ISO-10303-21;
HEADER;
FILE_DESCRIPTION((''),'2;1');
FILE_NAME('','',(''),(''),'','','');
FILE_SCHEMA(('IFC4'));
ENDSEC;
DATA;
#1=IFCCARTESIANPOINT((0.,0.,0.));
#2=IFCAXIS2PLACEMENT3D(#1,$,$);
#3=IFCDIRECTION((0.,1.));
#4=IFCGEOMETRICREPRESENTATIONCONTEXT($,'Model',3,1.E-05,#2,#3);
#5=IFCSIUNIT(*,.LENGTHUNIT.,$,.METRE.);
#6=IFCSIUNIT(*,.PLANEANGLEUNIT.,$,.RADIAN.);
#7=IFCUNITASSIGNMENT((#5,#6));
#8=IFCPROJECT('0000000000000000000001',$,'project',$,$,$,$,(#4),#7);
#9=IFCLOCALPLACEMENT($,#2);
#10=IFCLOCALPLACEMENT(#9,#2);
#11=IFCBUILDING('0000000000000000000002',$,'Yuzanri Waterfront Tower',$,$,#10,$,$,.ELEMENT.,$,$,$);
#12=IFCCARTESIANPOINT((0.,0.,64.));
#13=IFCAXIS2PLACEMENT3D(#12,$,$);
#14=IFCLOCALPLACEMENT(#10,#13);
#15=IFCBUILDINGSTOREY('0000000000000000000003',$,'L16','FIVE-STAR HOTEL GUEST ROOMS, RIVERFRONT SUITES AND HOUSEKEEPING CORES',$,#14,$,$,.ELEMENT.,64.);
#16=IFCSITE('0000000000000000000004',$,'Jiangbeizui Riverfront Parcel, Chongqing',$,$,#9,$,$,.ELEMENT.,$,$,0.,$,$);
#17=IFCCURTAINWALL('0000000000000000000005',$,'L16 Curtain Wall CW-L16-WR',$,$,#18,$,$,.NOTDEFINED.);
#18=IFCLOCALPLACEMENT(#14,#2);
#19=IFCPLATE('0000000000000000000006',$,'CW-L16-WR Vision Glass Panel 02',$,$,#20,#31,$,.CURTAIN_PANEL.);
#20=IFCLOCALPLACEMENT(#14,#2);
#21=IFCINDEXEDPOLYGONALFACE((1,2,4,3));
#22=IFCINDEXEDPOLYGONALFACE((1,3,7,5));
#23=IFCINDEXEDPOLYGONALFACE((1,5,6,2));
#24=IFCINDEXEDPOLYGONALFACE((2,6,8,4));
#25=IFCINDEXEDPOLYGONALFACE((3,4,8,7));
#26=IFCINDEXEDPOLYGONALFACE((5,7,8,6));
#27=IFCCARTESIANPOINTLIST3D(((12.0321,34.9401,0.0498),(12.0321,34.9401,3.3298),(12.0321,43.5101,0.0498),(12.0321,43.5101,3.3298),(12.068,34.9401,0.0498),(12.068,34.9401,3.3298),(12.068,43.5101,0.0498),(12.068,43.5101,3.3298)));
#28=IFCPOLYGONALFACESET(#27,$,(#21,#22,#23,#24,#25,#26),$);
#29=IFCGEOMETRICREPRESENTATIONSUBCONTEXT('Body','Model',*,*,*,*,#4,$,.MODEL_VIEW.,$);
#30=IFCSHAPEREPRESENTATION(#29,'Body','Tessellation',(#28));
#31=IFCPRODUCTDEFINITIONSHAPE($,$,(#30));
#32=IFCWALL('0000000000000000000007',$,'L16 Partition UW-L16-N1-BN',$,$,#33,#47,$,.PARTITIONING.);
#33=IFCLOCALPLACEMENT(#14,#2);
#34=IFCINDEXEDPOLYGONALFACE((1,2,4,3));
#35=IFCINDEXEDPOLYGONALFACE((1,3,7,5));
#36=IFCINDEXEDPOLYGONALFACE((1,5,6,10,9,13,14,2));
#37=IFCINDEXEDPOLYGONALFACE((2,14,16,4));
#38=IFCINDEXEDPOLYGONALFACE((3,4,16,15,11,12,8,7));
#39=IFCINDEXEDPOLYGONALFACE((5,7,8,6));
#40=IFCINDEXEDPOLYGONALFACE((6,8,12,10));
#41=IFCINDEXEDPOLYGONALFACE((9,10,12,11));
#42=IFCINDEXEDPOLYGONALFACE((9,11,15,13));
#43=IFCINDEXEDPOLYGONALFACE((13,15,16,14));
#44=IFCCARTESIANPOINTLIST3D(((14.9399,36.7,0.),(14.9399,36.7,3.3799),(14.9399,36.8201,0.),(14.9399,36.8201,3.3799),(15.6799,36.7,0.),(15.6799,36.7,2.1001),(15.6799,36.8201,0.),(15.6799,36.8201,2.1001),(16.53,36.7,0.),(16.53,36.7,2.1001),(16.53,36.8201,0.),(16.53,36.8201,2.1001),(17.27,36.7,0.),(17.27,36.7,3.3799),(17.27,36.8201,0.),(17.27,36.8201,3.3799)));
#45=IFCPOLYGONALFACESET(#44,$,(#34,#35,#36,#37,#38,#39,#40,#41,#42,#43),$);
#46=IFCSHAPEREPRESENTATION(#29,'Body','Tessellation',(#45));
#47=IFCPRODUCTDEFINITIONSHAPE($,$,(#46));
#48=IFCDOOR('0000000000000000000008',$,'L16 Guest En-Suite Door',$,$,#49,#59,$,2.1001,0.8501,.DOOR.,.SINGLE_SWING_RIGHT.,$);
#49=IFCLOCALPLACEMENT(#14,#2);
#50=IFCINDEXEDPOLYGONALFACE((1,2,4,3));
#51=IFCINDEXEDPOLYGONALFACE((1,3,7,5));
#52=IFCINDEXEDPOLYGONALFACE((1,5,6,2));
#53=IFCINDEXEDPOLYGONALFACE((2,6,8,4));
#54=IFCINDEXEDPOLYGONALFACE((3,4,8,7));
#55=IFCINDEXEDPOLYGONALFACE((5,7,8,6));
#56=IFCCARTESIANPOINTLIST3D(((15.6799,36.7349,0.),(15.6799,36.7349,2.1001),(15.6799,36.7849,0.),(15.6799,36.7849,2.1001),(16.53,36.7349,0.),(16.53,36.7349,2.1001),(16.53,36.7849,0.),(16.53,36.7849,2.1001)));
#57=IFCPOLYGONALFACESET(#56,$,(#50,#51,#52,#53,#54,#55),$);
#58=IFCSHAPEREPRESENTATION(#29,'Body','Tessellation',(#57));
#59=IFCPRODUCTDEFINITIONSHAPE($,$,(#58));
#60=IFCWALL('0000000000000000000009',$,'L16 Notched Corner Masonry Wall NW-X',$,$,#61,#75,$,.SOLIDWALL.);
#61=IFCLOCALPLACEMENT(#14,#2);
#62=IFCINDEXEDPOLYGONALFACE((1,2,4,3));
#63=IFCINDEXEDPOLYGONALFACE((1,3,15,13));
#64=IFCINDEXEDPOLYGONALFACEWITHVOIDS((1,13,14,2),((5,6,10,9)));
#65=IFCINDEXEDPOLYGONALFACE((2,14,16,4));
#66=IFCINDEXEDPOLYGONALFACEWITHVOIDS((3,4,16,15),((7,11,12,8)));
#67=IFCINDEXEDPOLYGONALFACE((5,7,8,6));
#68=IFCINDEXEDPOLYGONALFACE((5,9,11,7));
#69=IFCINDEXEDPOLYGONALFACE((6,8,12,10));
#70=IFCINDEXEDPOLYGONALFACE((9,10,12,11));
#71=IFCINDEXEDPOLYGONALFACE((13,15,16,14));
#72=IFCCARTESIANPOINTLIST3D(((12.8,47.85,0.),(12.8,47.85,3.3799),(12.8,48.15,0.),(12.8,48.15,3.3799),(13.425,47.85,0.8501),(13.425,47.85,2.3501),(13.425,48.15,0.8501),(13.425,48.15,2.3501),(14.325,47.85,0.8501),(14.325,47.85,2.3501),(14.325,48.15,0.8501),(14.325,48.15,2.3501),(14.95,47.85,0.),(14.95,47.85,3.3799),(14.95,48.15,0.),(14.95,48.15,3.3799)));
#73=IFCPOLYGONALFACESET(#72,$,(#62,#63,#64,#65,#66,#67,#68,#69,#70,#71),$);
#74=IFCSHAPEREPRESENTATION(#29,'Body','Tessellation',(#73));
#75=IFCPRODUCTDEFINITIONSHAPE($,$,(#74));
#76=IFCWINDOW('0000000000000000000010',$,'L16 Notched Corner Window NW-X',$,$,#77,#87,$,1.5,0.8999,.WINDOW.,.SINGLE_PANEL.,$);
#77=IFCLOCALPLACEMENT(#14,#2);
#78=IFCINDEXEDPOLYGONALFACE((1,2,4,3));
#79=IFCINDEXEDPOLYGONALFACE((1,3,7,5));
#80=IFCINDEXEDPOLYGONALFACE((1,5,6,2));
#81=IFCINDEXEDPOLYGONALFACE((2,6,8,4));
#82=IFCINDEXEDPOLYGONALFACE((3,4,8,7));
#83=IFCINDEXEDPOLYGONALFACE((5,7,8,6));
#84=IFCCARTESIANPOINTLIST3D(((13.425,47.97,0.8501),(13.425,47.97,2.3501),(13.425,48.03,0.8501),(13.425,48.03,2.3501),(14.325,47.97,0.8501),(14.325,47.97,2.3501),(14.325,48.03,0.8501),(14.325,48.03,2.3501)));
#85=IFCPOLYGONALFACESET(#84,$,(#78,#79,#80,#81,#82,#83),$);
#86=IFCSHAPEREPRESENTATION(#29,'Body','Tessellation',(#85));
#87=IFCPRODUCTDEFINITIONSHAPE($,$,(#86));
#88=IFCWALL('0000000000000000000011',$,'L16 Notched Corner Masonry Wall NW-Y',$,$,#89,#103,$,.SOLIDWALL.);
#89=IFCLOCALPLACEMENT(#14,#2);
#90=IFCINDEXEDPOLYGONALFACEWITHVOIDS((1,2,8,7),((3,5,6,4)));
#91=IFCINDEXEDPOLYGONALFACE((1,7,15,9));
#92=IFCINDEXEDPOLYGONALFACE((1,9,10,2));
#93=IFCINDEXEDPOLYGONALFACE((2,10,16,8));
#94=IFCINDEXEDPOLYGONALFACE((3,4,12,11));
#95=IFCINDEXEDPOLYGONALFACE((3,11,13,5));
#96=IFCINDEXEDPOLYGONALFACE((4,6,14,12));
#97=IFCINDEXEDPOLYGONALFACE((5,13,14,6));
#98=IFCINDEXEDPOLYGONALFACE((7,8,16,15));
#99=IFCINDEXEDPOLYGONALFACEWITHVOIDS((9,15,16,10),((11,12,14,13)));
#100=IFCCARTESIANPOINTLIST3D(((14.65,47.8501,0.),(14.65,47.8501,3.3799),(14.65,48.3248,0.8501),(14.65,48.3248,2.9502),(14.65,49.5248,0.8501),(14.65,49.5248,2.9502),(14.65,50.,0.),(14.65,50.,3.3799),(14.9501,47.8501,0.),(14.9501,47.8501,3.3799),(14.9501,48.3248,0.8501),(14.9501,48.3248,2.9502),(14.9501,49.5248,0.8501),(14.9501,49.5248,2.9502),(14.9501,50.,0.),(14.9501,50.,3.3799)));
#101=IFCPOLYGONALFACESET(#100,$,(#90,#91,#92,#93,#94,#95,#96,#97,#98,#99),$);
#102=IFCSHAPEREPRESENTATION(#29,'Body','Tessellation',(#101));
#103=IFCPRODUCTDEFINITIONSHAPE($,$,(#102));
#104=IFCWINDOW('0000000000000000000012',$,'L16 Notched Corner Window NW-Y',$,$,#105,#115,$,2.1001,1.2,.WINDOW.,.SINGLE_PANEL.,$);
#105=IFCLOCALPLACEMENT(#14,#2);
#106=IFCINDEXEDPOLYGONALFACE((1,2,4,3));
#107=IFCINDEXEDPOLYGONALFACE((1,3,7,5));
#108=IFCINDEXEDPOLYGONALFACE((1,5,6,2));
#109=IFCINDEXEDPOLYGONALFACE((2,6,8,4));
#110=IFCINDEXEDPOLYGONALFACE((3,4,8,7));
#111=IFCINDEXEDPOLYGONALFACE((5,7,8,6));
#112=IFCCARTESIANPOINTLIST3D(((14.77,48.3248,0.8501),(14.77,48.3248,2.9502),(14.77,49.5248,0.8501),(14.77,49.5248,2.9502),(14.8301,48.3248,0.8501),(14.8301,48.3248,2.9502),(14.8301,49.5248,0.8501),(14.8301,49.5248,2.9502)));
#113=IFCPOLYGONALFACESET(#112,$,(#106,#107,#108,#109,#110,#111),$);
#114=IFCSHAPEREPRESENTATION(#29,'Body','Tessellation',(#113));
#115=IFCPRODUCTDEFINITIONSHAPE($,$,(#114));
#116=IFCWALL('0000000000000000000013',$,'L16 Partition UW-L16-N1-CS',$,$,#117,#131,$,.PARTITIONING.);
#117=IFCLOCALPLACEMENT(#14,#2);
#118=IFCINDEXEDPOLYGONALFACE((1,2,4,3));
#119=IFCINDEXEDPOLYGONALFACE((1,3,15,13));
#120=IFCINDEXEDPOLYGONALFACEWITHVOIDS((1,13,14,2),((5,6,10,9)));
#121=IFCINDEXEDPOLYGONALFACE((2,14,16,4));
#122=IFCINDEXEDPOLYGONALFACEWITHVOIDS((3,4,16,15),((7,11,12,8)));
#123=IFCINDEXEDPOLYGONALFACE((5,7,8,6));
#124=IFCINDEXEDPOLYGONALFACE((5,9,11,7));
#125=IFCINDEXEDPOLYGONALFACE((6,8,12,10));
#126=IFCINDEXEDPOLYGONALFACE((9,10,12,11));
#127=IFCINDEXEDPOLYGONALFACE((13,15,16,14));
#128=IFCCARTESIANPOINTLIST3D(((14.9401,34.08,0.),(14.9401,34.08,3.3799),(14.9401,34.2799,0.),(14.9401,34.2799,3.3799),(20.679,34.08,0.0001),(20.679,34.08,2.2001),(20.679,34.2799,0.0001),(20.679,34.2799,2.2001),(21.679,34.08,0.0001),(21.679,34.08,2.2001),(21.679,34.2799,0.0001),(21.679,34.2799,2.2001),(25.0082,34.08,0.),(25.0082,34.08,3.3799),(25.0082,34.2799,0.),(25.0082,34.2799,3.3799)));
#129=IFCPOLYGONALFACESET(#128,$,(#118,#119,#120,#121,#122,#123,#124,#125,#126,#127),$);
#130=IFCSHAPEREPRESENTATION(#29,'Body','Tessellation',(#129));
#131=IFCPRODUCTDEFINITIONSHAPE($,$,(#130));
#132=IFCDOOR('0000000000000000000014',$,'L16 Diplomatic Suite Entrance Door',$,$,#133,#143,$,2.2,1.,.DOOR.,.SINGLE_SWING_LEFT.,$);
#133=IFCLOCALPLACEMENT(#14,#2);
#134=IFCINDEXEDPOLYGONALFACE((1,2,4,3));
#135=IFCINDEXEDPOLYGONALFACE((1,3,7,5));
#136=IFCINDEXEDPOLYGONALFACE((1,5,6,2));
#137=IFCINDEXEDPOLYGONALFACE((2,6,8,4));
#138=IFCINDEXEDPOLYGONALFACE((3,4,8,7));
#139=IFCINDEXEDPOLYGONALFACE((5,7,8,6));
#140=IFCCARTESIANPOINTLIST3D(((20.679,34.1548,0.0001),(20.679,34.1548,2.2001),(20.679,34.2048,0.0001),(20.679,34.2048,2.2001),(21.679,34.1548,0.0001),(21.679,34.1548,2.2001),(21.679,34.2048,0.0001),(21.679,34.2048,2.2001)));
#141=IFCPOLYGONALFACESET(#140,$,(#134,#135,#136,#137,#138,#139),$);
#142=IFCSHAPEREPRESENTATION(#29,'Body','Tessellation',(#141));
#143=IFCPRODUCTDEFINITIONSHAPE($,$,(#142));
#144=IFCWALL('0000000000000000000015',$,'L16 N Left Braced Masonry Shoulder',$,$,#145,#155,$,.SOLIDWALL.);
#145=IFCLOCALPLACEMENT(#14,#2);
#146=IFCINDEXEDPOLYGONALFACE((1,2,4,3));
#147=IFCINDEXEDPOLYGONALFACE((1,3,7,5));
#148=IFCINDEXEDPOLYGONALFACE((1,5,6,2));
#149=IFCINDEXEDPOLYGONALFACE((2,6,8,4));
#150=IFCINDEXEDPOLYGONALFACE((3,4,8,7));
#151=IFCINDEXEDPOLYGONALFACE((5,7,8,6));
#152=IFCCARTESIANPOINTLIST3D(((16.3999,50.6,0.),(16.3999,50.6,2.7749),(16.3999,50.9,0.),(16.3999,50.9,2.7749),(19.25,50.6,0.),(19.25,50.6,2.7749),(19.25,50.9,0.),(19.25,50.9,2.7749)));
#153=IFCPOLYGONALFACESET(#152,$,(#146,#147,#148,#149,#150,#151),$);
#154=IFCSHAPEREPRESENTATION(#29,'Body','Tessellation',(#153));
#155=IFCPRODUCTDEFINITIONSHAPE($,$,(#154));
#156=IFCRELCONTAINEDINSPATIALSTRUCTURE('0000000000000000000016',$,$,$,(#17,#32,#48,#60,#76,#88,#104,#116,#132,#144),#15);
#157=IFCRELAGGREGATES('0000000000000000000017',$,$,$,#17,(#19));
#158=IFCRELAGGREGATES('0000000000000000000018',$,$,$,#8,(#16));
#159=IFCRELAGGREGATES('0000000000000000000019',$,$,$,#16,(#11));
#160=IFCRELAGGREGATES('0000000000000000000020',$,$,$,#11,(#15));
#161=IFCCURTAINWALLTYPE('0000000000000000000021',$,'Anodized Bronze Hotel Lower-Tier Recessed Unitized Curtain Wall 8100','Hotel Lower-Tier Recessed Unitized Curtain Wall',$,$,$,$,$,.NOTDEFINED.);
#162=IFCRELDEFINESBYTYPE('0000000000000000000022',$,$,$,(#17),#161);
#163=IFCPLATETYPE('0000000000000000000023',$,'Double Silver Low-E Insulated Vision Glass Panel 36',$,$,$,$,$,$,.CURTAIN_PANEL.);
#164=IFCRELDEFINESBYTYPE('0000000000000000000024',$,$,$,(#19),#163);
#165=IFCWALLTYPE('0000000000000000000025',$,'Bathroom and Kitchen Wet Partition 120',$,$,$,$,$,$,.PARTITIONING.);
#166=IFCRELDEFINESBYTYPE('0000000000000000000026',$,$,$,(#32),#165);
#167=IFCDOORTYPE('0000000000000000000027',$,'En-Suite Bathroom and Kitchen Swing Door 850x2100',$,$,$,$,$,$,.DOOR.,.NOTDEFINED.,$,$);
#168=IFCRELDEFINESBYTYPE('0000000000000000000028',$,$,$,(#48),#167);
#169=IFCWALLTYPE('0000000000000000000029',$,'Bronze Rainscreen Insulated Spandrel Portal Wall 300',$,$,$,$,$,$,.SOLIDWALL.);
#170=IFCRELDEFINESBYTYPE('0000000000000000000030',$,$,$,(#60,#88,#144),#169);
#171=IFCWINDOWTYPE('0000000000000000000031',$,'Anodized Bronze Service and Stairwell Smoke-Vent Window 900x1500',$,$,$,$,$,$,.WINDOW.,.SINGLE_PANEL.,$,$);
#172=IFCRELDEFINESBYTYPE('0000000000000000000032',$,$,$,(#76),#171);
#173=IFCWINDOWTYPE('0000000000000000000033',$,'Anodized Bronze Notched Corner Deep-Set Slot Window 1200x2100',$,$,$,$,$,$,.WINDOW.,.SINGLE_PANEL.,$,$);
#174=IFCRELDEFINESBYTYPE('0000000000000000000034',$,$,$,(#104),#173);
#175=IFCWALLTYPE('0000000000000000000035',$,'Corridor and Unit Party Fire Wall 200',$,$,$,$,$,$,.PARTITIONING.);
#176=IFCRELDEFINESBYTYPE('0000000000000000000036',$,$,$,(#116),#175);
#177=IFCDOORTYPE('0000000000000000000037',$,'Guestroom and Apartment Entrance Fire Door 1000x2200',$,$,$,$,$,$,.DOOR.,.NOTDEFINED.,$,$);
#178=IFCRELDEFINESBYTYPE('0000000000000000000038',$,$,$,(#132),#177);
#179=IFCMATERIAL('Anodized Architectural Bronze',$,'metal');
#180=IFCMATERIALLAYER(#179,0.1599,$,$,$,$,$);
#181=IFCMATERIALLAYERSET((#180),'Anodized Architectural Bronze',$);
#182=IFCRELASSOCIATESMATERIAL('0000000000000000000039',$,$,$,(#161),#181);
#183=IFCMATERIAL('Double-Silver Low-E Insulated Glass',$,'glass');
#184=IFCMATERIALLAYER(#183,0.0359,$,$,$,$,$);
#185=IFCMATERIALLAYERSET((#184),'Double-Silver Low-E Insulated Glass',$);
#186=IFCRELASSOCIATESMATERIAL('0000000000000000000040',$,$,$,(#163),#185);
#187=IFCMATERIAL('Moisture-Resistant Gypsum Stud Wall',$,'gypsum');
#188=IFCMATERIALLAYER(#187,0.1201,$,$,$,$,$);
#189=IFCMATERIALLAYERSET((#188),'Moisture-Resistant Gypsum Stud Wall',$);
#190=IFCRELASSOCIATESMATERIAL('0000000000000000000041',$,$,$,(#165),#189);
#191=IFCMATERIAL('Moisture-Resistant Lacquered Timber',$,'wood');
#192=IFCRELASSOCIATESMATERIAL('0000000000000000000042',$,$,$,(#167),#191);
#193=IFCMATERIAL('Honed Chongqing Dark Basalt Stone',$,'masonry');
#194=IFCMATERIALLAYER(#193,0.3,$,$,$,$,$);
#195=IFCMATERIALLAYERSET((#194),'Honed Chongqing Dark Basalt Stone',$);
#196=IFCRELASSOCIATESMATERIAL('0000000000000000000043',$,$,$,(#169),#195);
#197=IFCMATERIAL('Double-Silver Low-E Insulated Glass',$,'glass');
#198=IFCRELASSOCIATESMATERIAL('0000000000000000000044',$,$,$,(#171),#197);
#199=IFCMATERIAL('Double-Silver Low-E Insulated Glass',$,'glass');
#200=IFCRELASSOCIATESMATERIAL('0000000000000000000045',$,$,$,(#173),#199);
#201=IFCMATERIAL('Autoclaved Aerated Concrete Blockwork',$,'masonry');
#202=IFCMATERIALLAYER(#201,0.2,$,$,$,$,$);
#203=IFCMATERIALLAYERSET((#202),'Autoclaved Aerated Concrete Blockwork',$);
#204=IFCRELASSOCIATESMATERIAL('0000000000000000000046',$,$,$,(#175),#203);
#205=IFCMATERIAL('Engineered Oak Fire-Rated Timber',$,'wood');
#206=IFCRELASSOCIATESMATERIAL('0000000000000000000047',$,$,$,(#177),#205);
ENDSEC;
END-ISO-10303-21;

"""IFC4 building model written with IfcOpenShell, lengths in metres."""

from ifc_helpers import new_model, si_unit, direction, frame, frame_2d, origin, origin_2d, place, context, subcontext, project, spatial, rectangle, extrude, source, transform, mapped, material, layer, layer_set, type_object, element, fill, aggregate, save


model = new_model("IFC4")

# Units and contexts
model_context = context("Model", 3, precision=1e-05, world=origin(), true_north=direction((0.0, 1.0)))
body_context = subcontext(model_context, "Body", "Model", "MODEL_VIEW")
ifc_project = project(units=[si_unit("LENGTHUNIT", "METRE"), si_unit("PLANEANGLEUNIT", "RADIAN")], contexts=[model_context])

# Site, building, storey
site_placement = place(None, origin())
site = spatial("IfcSite", under=ifc_project, at=site_placement, Name="Jiangbeizui Riverfront Parcel, Chongqing", CompositionType="ELEMENT", RefElevation=0.0)
building_placement = place(site_placement, origin())
building = spatial("IfcBuilding", under=site, at=building_placement, Name="Yuzanri Waterfront Tower", CompositionType="ELEMENT")
storey_placement = place(building_placement, frame((0.0, 0.0, 64.0)))
storey = spatial("IfcBuildingStorey", under=building, at=storey_placement, Name="L16", Description="FIVE-STAR HOTEL GUEST ROOMS, RIVERFRONT SUITES AND HOUSEKEEPING CORES", CompositionType="ELEMENT", Elevation=64.0)

# Curtain wall
ifc_material_1 = material(Name="Anodized Architectural Bronze", Category="metal")
ifc_layer_1 = layer(ifc_material_1, 0.1599)
ifc_layer_set_1 = layer_set([ifc_layer_1], Name="Anodized Architectural Bronze")
curtain_wall_type = type_object("IfcCurtainWallType", Name="Anodized Bronze Hotel Lower-Tier Recessed Unitized Curtain Wall 8100", Description="Hotel Lower-Tier Recessed Unitized Curtain Wall", PredefinedType="NOTDEFINED", material=ifc_layer_set_1)
curtain_wall_placement = place(storey_placement, origin())
curtain_wall = element("IfcCurtainWall", 1, at=curtain_wall_placement, inside=storey, type_object=curtain_wall_type, Name="L16 Curtain Wall CW-L16-WR", PredefinedType="NOTDEFINED")

# Plate
ifc_material_2 = material(Name="Double-Silver Low-E Insulated Glass", Category="glass")
ifc_layer_2 = layer(ifc_material_2, 0.0359)
ifc_layer_set_2 = layer_set([ifc_layer_2], Name="Double-Silver Low-E Insulated Glass")
plate_type_1 = type_object("IfcPlateType", Name="Double Silver Low-E Insulated Vision Glass Panel 36", PredefinedType="CURTAIN_PANEL", material=ifc_layer_set_2)
shared_shape_1 = source(origin(), body_context, "Body", "SweptSolid", [
    extrude(rectangle(XDim=8.5701, YDim=0.0359, at=origin_2d()), origin(), (0.0, 0.0, 1.0), 3.28),
])
plate_placement = place(storey_placement, frame((12.05, 39.2251, 0.0498), z_axis=(0.0, 0.0, 1.0), x_axis=(0.0, 1.0, 0.0)))
plate = element("IfcPlate", 2, at=plate_placement, type_object=plate_type_1, Name="CW-L16-WR Vision Glass Panel 02", PredefinedType="CURTAIN_PANEL", context=body_context, shape_type="MappedRepresentation", body=[
    mapped(shared_shape_1, transform((0.0, 0.0, 0.0), scale=1.0)),
])
aggregate(curtain_wall, [plate])

# Wall, opening, door
ifc_material_3 = material(Name="Moisture-Resistant Gypsum Stud Wall", Category="gypsum")
ifc_layer_3 = layer(ifc_material_3, 0.1201)
ifc_layer_set_3 = layer_set([ifc_layer_3], Name="Moisture-Resistant Gypsum Stud Wall")
wall_type_1 = type_object("IfcWallType", Name="Bathroom and Kitchen Wet Partition 120", PredefinedType="PARTITIONING", material=ifc_layer_set_3)
wall_1_placement = place(storey_placement, frame((14.9399, 36.76, 0.0), z_axis=(0.0, 0.0, 1.0), x_axis=(1.0, 0.0, 0.0)))
wall_1 = element("IfcWall", 3, at=wall_1_placement, inside=storey, type_object=wall_type_1, Name="L16 Partition UW-L16-N1-BN", PredefinedType="PARTITIONING", context=body_context, shape_type="SweptSolid", body=[
    extrude(rectangle(XDim=2.3301, YDim=0.1201, at=frame_2d((1.165, 0.0))), origin(), (0.0, 0.0, 1.0), 3.3799),
])
opening_1_placement = place(wall_1_placement, frame((0.74, 0.0, 0.0)))
opening_1 = element("IfcOpeningElement", 4, at=opening_1_placement, cuts=wall_1, PredefinedType="OPENING", context=body_context, shape_type="SweptSolid", body=[
    extrude(rectangle(XDim=0.8501, YDim=2.1001, at=frame_2d((0.425, 1.05))), frame((0.0, 0.075, 0.0), z_axis=(0.0, -1.0, 0.0), x_axis=(1.0, 0.0, 0.0)), (0.0, 0.0, 1.0), 0.1499),
])
ifc_material_4 = material(Name="Moisture-Resistant Lacquered Timber", Category="wood")
door_type_1 = type_object("IfcDoorType", Name="En-Suite Bathroom and Kitchen Swing Door 850x2100", OperationType="NOTDEFINED", PredefinedType="DOOR", material=ifc_material_4)
shared_shape_2 = source(origin(), body_context, "Body", "SweptSolid", [
    extrude(rectangle(XDim=0.8501, YDim=2.1001, at=frame_2d((0.425, 1.05))), frame((0.0, 0.0249, 0.0), z_axis=(0.0, -1.0, 0.0), x_axis=(1.0, 0.0, 0.0)), (0.0, 0.0, 1.0), 0.05),
])
door_1_placement = place(opening_1_placement, origin())
door_1 = element("IfcDoor", 5, at=door_1_placement, inside=storey, type_object=door_type_1, Name="L16 Guest En-Suite Door", OperationType="SINGLE_SWING_RIGHT", OverallHeight=2.1001, OverallWidth=0.8501, PredefinedType="DOOR", context=body_context, shape_type="MappedRepresentation", body=[
    mapped(shared_shape_2, transform((0.0, 0.0, 0.0), scale=1.0)),
])
fill(opening_1, door_1)

# Walls, openings, windows
ifc_material_5 = material(Name="Honed Chongqing Dark Basalt Stone", Category="masonry")
ifc_layer_4 = layer(ifc_material_5, 0.3)
ifc_layer_set_4 = layer_set([ifc_layer_4], Name="Honed Chongqing Dark Basalt Stone")
wall_type_2 = type_object("IfcWallType", Name="Bronze Rainscreen Insulated Spandrel Portal Wall 300", PredefinedType="SOLIDWALL", material=ifc_layer_set_4)
wall_2_placement = place(storey_placement, frame((14.95, 48.0, 0.0), z_axis=(0.0, 0.0, 1.0), x_axis=(-1.0, 0.0, 0.0)))
wall_2 = element("IfcWall", 6, at=wall_2_placement, inside=storey, type_object=wall_type_2, Name="L16 Notched Corner Masonry Wall NW-X", PredefinedType="SOLIDWALL", context=body_context, shape_type="SweptSolid", body=[
    extrude(rectangle(XDim=2.1499, YDim=0.3, at=frame_2d((1.075, 0.0))), origin(), (0.0, 0.0, 1.0), 3.3799),
])
opening_2_placement = place(wall_2_placement, frame((0.625, 0.0, 0.8501)))
opening_2 = element("IfcOpeningElement", 7, at=opening_2_placement, cuts=wall_2, PredefinedType="OPENING", context=body_context, shape_type="SweptSolid", body=[
    extrude(rectangle(XDim=0.8999, YDim=1.5, at=frame_2d((0.45, 0.75))), frame((0.0, 0.165, 0.0), z_axis=(0.0, -1.0, 0.0), x_axis=(1.0, 0.0, 0.0)), (0.0, 0.0, 1.0), 0.3298),
])
ifc_material_6 = material(Name="Double-Silver Low-E Insulated Glass", Category="glass")
window_type_1 = type_object("IfcWindowType", Name="Anodized Bronze Service and Stairwell Smoke-Vent Window 900x1500", PartitioningType="SINGLE_PANEL", PredefinedType="WINDOW", material=ifc_material_6)
shared_shape_3 = source(origin(), body_context, "Body", "SweptSolid", [
    extrude(rectangle(XDim=0.8999, YDim=1.5, at=frame_2d((0.45, 0.75))), frame((0.0, 0.03, 0.0), z_axis=(0.0, -1.0, 0.0), x_axis=(1.0, 0.0, 0.0)), (0.0, 0.0, 1.0), 0.0601),
])
window_1_placement = place(opening_2_placement, origin())
window_1 = element("IfcWindow", 8, at=window_1_placement, inside=storey, type_object=window_type_1, Name="L16 Notched Corner Window NW-X", OverallHeight=1.5, OverallWidth=0.8999, PartitioningType="SINGLE_PANEL", PredefinedType="WINDOW", context=body_context, shape_type="MappedRepresentation", body=[
    mapped(shared_shape_3, transform((0.0, 0.0, 0.0), scale=1.0)),
])
fill(opening_2, window_1)
wall_3_placement = place(storey_placement, frame((14.8, 50.0, 0.0), z_axis=(0.0, 0.0, 1.0), x_axis=(0.0, -1.0, 0.0)))
wall_3 = element("IfcWall", 9, at=wall_3_placement, inside=storey, type_object=wall_type_2, Name="L16 Notched Corner Masonry Wall NW-Y", PredefinedType="SOLIDWALL", context=body_context, shape_type="SweptSolid", body=[
    extrude(rectangle(XDim=2.1499, YDim=0.3, at=frame_2d((1.075, 0.0))), origin(), (0.0, 0.0, 1.0), 3.3799),
])
opening_3_placement = place(wall_3_placement, frame((0.4751, 0.0, 0.8501)))
opening_3 = element("IfcOpeningElement", 10, at=opening_3_placement, cuts=wall_3, PredefinedType="OPENING", context=body_context, shape_type="SweptSolid", body=[
    extrude(rectangle(XDim=1.2, YDim=2.1001, at=frame_2d((0.6001, 1.05))), frame((0.0, 0.165, 0.0), z_axis=(0.0, -1.0, 0.0), x_axis=(1.0, 0.0, 0.0)), (0.0, 0.0, 1.0), 0.3298),
])
ifc_material_7 = material(Name="Double-Silver Low-E Insulated Glass", Category="glass")
window_type_2 = type_object("IfcWindowType", Name="Anodized Bronze Notched Corner Deep-Set Slot Window 1200x2100", PartitioningType="SINGLE_PANEL", PredefinedType="WINDOW", material=ifc_material_7)
shared_shape_4 = source(origin(), body_context, "Body", "SweptSolid", [
    extrude(rectangle(XDim=1.2, YDim=2.1001, at=frame_2d((0.6001, 1.05))), frame((0.0, 0.03, 0.0), z_axis=(0.0, -1.0, 0.0), x_axis=(1.0, 0.0, 0.0)), (0.0, 0.0, 1.0), 0.0601),
])
window_2_placement = place(opening_3_placement, origin())
window_2 = element("IfcWindow", 11, at=window_2_placement, inside=storey, type_object=window_type_2, Name="L16 Notched Corner Window NW-Y", OverallHeight=2.1001, OverallWidth=1.2, PartitioningType="SINGLE_PANEL", PredefinedType="WINDOW", context=body_context, shape_type="MappedRepresentation", body=[
    mapped(shared_shape_4, transform((0.0, 0.0, 0.0), scale=1.0)),
])
fill(opening_3, window_2)

# Wall, opening, door
ifc_material_8 = material(Name="Autoclaved Aerated Concrete Blockwork", Category="masonry")
ifc_layer_5 = layer(ifc_material_8, 0.2)
ifc_layer_set_5 = layer_set([ifc_layer_5], Name="Autoclaved Aerated Concrete Blockwork")
wall_type_3 = type_object("IfcWallType", Name="Corridor and Unit Party Fire Wall 200", PredefinedType="PARTITIONING", material=ifc_layer_set_5)
wall_4_placement = place(storey_placement, frame((14.9399, 34.1799, 0.0), z_axis=(0.0, 0.0, 1.0), x_axis=(1.0, 0.0, 0.0)))
wall_4 = element("IfcWall", 12, at=wall_4_placement, inside=storey, type_object=wall_type_3, Name="L16 Partition UW-L16-N1-CS", PredefinedType="PARTITIONING", context=body_context, shape_type="SweptSolid", body=[
    extrude(rectangle(XDim=10.0681, YDim=0.2, at=frame_2d((5.0342, 0.0))), origin(), (0.0, 0.0, 1.0), 3.3799),
])
opening_4_placement = place(wall_4_placement, frame((5.739, 0.0, 0.0)))
opening_4 = element("IfcOpeningElement", 13, at=opening_4_placement, cuts=wall_4, PredefinedType="OPENING", context=body_context, shape_type="SweptSolid", body=[
    extrude(rectangle(XDim=1.0, YDim=2.2, at=frame_2d((0.5, 1.1001))), frame((0.0, 0.1147, 0.0), z_axis=(0.0, -1.0, 0.0), x_axis=(1.0, 0.0, 0.0)), (0.0, 0.0, 1.0), 0.2297),
])
ifc_material_9 = material(Name="Engineered Oak Fire-Rated Timber", Category="wood")
door_type_2 = type_object("IfcDoorType", Name="Guestroom and Apartment Entrance Fire Door 1000x2200", OperationType="NOTDEFINED", PredefinedType="DOOR", material=ifc_material_9)
shared_shape_5 = source(origin(), body_context, "Body", "SweptSolid", [
    extrude(rectangle(XDim=1.0, YDim=2.2, at=frame_2d((0.5, 1.1001))), frame((0.0, 0.0249, 0.0), z_axis=(0.0, -1.0, 0.0), x_axis=(1.0, 0.0, 0.0)), (0.0, 0.0, 1.0), 0.05),
])
door_2_placement = place(opening_4_placement, origin())
door_2 = element("IfcDoor", 14, at=door_2_placement, inside=storey, type_object=door_type_2, Name="L16 Diplomatic Suite Entrance Door", OperationType="SINGLE_SWING_LEFT", OverallHeight=2.2, OverallWidth=1.0, PredefinedType="DOOR", context=body_context, shape_type="MappedRepresentation", body=[
    mapped(shared_shape_5, transform((0.0, 0.0, 0.0), scale=1.0)),
])
fill(opening_4, door_2)

# Wall
shared_shape_6 = source(origin(), body_context, "Body", "SweptSolid", [
    extrude(rectangle(XDim=2.8501, YDim=0.3, at=frame_2d((1.425, 0.0))), origin(), (0.0, 0.0, 1.0), 2.7749),
])
wall_5_placement = place(storey_placement, frame((16.3999, 50.75, 0.0), z_axis=(0.0, 0.0, 1.0), x_axis=(1.0, 0.0, 0.0)))
element("IfcWall", 15, at=wall_5_placement, inside=storey, type_object=wall_type_2, Name="L16 N Left Braced Masonry Shoulder", PredefinedType="SOLIDWALL", context=body_context, shape_type="MappedRepresentation", body=[
    mapped(shared_shape_6, transform((0.0, 0.0, 0.0), scale=1.0)),
])

save(model, "model.ifc")
